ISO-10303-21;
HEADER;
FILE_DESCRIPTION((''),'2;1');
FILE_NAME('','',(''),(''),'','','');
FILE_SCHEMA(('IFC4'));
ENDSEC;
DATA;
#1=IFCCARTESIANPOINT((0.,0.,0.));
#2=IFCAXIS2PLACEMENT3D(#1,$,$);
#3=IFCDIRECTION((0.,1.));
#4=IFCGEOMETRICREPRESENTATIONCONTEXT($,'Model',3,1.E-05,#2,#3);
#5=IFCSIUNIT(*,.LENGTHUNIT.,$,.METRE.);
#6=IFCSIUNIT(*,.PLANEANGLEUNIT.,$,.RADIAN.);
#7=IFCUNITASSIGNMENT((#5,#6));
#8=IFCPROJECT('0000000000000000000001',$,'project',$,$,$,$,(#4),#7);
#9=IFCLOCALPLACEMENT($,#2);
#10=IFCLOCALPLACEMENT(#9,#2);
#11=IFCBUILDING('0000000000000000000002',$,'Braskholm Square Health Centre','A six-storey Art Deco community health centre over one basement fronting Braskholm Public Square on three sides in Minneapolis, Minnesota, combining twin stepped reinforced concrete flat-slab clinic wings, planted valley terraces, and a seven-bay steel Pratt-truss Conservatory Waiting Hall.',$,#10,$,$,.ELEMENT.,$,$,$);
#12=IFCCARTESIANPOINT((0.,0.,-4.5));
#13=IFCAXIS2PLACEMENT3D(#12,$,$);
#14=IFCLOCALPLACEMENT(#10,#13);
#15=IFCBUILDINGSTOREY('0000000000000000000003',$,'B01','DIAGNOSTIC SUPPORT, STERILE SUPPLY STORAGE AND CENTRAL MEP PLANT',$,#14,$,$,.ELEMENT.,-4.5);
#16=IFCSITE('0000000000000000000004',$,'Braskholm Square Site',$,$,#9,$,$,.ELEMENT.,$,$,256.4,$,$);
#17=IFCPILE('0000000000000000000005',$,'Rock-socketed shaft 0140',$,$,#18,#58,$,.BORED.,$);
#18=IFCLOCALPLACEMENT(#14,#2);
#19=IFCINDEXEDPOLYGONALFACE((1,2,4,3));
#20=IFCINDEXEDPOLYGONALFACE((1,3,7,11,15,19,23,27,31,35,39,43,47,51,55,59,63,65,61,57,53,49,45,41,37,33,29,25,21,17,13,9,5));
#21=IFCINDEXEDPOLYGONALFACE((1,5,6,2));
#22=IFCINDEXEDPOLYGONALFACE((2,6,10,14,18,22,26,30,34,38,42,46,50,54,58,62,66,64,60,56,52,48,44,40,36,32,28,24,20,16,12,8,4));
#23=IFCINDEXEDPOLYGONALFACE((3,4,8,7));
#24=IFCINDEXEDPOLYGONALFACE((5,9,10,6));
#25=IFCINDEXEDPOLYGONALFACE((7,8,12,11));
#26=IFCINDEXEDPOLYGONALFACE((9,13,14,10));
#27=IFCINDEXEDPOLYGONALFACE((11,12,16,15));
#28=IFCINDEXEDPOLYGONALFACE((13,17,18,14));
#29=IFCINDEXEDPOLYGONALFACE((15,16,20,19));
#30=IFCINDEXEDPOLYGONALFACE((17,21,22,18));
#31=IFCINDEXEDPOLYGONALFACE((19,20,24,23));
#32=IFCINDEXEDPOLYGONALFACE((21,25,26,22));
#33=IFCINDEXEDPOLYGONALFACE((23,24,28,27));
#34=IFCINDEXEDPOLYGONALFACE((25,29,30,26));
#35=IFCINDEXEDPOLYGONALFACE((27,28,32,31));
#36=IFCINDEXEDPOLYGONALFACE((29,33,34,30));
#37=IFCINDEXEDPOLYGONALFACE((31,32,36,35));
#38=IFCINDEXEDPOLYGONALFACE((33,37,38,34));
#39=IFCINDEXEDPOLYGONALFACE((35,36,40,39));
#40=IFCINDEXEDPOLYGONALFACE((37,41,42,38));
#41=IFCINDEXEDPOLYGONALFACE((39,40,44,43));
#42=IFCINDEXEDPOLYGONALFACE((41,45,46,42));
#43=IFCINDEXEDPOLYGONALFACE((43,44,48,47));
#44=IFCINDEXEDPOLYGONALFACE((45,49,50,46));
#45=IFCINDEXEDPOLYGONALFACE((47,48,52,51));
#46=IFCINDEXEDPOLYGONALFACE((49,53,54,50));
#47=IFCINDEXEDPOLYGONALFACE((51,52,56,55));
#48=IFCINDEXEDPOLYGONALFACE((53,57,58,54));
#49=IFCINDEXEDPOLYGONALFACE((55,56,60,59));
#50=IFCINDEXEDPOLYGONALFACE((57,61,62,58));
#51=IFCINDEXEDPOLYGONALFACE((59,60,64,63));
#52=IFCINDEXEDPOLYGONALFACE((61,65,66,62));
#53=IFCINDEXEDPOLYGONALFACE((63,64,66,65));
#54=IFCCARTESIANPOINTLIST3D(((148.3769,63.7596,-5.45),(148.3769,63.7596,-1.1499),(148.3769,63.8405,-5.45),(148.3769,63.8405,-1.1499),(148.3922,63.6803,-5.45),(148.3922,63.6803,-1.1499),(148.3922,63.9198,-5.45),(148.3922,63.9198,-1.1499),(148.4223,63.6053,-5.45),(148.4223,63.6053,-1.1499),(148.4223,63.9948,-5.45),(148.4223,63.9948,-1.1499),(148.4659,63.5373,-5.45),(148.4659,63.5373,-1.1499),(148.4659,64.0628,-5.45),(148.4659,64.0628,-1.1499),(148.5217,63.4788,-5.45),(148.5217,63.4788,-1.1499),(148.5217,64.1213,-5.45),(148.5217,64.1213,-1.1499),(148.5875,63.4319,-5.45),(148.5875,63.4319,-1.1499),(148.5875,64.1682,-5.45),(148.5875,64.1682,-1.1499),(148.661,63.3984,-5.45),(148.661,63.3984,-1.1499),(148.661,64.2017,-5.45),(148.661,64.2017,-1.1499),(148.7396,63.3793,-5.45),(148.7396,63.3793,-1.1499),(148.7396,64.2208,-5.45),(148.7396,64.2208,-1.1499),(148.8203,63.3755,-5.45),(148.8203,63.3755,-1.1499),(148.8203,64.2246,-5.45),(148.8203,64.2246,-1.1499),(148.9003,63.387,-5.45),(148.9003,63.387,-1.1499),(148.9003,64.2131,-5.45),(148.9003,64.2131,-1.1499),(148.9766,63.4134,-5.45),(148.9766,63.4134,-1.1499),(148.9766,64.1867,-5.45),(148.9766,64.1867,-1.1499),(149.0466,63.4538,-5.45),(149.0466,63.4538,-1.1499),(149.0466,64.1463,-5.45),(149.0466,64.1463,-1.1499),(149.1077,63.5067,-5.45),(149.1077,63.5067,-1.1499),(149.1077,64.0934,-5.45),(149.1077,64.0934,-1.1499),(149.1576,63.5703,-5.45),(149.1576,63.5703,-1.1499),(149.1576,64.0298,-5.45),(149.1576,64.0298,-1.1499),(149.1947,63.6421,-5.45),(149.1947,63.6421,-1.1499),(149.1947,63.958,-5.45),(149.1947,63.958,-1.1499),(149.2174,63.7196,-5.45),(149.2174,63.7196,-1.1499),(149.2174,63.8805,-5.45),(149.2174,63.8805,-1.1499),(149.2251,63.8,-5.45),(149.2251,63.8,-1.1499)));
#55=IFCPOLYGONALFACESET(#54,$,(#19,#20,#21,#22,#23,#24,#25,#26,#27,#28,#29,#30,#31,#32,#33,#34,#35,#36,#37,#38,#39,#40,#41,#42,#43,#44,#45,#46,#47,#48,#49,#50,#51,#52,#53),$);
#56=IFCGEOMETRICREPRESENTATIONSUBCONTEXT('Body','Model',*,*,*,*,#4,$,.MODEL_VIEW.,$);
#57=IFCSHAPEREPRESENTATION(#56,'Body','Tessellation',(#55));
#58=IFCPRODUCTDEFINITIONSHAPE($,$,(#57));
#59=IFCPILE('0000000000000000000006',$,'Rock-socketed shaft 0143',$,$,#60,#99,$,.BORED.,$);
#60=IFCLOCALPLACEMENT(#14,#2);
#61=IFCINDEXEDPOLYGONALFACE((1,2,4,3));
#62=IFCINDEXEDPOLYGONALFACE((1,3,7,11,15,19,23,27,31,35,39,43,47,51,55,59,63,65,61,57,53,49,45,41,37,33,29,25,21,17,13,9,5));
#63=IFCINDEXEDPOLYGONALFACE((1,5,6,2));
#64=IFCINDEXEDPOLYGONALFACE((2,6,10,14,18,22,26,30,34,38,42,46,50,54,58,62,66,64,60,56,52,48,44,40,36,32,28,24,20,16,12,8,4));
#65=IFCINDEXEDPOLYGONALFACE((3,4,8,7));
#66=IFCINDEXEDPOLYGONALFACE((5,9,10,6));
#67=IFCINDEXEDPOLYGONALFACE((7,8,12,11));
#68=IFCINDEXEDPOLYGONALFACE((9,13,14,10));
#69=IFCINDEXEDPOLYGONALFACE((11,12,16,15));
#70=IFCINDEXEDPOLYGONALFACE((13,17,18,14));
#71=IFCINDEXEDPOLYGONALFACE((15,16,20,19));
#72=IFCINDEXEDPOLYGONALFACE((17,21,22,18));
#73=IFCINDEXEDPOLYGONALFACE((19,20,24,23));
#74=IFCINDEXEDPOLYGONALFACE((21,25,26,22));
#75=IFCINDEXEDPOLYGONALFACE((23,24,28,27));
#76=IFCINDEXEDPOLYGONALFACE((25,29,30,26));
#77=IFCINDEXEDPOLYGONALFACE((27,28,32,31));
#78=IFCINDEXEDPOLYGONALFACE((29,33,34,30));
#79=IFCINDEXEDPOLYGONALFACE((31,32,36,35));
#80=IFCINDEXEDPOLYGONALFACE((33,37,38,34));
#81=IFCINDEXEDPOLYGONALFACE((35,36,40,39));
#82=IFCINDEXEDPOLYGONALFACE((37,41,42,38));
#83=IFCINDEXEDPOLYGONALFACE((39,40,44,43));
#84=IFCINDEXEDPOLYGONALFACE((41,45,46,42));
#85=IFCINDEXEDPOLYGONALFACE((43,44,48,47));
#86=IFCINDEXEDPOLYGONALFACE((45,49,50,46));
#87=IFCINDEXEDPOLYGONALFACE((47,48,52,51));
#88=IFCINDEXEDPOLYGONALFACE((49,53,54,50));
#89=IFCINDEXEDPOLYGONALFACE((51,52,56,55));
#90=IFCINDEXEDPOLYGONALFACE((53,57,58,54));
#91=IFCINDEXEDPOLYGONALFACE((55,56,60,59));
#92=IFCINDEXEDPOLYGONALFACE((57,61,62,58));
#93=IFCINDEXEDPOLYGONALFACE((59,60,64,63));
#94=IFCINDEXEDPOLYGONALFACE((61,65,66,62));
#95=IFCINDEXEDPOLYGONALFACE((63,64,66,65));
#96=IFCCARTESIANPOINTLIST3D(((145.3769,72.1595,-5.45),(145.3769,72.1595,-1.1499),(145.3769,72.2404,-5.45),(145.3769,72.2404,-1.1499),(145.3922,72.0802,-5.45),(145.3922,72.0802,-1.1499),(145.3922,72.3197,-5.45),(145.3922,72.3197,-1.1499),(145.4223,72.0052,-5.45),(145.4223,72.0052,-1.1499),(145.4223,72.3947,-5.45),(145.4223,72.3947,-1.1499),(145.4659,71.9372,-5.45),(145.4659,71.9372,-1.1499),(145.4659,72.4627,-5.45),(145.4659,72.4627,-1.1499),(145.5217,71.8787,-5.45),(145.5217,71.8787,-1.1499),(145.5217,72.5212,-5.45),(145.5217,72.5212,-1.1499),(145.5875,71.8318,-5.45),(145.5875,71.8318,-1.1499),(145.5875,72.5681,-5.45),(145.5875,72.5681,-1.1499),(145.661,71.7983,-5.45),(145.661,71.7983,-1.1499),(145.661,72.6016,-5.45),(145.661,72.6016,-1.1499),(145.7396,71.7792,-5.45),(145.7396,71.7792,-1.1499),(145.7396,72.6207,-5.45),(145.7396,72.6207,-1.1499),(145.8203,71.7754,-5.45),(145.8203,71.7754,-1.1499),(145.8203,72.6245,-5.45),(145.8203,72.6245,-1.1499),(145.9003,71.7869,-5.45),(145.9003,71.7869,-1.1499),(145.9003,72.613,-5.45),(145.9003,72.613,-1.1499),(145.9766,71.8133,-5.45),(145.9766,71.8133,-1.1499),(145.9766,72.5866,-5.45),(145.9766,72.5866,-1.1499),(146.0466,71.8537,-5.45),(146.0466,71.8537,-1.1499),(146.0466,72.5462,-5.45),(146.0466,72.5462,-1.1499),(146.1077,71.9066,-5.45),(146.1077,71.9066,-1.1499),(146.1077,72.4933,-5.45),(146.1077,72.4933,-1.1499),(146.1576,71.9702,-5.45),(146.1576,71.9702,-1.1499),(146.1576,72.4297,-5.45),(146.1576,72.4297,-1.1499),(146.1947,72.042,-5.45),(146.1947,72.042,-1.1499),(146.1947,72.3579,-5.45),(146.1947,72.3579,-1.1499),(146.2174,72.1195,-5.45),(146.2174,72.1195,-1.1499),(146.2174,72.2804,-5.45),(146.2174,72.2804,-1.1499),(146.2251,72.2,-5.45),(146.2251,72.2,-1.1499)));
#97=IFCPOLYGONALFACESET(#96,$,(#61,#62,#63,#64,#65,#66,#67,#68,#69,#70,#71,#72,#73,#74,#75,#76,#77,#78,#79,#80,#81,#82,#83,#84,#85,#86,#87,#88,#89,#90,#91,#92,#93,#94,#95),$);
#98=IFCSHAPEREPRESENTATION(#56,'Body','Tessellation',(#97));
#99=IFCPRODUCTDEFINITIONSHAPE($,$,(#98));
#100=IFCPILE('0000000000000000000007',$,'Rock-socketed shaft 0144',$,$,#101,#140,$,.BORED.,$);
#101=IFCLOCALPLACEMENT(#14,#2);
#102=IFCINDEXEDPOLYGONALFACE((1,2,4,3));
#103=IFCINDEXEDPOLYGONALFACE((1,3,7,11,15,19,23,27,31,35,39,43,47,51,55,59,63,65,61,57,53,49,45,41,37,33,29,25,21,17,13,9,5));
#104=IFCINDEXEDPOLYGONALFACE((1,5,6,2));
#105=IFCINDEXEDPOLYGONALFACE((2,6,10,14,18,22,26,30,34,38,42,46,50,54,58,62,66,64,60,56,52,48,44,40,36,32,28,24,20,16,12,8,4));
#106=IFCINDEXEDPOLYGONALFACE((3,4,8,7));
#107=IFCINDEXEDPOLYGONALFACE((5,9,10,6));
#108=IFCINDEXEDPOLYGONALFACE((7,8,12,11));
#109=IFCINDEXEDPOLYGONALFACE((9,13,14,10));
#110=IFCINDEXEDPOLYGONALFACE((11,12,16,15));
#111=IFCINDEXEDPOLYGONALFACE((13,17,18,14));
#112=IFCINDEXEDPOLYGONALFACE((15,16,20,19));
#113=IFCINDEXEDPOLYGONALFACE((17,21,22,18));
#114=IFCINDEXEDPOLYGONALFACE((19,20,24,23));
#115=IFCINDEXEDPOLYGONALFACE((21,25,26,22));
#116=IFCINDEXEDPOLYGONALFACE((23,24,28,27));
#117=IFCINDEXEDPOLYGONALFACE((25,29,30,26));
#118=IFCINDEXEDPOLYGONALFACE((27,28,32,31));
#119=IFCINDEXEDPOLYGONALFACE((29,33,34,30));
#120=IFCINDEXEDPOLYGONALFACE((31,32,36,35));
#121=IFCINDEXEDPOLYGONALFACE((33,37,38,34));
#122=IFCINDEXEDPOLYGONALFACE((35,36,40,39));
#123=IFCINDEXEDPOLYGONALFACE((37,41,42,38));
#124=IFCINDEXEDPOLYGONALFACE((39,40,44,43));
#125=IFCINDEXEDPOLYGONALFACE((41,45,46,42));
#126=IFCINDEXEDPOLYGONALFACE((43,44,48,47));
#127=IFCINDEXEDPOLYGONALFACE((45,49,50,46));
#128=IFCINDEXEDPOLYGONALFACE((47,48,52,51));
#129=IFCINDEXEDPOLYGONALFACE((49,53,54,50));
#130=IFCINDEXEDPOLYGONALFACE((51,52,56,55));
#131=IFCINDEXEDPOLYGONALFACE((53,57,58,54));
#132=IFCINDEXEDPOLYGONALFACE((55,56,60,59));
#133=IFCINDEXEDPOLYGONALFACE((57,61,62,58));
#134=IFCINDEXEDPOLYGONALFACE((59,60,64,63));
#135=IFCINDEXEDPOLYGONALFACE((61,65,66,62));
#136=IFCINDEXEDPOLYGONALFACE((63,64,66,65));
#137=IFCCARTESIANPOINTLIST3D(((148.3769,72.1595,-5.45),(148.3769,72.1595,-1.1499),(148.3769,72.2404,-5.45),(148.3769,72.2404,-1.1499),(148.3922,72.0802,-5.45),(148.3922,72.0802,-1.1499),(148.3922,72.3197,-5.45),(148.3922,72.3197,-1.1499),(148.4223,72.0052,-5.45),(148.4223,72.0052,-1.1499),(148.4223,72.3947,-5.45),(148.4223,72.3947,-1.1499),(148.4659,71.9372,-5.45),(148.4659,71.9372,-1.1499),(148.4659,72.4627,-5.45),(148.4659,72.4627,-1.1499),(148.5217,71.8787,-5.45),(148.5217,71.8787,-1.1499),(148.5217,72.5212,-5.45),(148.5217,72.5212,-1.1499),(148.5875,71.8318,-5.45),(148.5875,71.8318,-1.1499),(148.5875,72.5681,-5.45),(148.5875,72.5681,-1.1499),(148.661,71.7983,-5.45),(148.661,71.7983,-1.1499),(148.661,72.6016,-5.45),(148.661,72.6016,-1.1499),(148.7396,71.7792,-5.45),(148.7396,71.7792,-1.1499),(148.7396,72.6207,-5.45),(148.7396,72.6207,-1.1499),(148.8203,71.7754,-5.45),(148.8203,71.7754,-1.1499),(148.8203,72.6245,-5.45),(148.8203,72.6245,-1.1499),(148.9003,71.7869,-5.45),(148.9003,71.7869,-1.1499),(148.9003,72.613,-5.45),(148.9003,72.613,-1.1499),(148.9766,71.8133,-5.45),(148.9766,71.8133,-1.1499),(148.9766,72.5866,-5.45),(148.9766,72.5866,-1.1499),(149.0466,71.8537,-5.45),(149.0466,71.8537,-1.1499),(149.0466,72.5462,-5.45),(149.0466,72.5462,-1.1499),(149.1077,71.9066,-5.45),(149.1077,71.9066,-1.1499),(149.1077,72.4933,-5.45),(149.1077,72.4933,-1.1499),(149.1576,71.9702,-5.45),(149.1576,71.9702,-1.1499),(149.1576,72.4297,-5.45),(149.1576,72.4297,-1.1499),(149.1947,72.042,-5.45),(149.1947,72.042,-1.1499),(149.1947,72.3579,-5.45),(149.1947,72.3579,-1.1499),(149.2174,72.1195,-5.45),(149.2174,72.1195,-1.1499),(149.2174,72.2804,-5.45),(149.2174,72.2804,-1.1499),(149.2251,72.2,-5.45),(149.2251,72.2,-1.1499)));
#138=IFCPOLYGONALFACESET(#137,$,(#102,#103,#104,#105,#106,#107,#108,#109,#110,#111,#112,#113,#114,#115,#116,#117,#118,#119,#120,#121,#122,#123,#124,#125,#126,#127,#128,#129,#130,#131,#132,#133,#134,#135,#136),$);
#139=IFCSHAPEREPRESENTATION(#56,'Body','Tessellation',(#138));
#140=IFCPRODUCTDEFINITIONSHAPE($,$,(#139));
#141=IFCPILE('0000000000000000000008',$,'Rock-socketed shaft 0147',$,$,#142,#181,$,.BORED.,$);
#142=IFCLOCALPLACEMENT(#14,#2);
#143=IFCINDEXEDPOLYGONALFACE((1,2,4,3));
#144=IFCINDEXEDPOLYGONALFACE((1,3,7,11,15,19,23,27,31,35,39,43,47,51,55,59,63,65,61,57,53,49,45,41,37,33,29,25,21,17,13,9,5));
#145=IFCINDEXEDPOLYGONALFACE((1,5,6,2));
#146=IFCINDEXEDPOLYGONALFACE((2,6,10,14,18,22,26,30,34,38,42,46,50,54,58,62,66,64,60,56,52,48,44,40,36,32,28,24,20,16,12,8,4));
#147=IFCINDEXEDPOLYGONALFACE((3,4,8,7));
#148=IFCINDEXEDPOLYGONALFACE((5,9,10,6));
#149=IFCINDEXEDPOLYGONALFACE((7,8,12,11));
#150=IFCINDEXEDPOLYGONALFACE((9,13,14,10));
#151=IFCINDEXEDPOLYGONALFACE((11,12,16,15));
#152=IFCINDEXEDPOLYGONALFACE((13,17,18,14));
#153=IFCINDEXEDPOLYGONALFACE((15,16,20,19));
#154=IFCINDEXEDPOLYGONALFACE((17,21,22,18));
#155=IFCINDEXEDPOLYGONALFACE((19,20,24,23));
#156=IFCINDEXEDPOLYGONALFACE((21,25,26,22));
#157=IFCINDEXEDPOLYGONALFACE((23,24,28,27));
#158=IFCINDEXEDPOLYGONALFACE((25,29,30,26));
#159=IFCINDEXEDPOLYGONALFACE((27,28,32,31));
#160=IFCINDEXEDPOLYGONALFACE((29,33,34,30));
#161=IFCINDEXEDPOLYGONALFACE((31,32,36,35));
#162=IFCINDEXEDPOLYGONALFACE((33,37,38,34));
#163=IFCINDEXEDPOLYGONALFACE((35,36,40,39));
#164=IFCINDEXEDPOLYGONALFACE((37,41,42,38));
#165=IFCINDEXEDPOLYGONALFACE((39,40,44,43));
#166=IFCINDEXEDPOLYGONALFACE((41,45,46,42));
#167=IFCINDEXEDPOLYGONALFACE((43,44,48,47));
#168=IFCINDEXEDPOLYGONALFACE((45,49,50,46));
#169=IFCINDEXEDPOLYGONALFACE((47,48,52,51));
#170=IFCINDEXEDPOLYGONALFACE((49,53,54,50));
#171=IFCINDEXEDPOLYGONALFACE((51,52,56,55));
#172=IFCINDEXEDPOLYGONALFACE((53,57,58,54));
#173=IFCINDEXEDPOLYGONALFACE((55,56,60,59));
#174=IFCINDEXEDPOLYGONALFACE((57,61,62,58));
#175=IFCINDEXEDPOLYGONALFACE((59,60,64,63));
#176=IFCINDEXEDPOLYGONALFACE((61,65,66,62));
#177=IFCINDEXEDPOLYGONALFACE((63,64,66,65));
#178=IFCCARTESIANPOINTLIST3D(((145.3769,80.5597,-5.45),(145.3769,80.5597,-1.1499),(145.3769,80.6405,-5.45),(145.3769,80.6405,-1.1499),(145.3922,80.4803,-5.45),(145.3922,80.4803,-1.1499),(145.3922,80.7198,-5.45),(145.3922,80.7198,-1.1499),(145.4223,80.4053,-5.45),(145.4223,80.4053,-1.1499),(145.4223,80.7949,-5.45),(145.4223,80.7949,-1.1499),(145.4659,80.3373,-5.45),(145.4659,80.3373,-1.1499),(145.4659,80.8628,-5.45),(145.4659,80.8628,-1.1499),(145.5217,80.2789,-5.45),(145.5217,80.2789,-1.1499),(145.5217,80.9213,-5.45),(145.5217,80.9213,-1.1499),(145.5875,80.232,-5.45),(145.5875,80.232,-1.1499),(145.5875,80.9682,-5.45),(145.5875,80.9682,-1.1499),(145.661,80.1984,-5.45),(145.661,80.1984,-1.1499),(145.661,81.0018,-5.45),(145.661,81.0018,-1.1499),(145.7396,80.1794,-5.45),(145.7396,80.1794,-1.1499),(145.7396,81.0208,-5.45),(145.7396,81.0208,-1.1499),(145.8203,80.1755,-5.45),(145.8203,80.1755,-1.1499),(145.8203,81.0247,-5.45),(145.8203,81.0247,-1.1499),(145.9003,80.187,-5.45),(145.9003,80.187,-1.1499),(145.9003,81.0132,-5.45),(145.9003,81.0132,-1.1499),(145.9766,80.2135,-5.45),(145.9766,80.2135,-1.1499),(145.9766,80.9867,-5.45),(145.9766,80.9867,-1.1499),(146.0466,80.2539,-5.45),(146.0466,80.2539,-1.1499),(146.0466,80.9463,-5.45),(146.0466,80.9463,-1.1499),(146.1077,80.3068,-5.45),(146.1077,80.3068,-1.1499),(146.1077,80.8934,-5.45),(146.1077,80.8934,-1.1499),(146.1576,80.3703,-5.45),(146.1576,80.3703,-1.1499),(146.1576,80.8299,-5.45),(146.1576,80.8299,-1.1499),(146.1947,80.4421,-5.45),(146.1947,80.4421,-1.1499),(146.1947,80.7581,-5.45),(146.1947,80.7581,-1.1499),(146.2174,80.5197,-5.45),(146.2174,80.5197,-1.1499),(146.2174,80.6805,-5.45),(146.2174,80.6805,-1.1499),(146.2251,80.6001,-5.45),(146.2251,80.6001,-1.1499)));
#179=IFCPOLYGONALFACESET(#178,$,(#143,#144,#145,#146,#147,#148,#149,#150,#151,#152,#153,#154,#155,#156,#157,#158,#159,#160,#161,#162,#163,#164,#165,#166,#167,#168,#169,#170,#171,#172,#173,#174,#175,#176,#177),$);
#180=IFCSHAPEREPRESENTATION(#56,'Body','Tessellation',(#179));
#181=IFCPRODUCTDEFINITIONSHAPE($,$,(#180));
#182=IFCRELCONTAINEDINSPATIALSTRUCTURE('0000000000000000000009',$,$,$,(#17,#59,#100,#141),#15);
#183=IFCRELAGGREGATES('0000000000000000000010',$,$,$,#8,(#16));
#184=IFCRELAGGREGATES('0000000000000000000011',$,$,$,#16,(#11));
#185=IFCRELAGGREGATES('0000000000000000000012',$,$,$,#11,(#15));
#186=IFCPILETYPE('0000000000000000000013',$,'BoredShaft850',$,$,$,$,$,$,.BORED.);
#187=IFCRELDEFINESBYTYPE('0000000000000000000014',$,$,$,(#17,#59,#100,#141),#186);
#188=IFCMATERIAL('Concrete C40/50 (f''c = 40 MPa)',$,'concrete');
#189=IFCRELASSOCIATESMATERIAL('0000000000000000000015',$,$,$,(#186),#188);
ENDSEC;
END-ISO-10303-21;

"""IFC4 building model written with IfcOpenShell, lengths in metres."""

from ifc_helpers import new_model, si_unit, direction, frame, origin, origin_2d, place, context, subcontext, project, spatial, circle, extrude, material, material_profile, profile_set, type_object, element, save


model = new_model("IFC4")

# Units and contexts
model_context = context("Model", 3, precision=1e-05, world=origin(), true_north=direction((0.0, 1.0)))
body_context = subcontext(model_context, "Body", "Model", "MODEL_VIEW")
ifc_project = project(units=[si_unit("LENGTHUNIT", "METRE"), si_unit("PLANEANGLEUNIT", "RADIAN")], contexts=[model_context])

# Site, building, storey
site_placement = place(None, origin())
site = spatial("IfcSite", under=ifc_project, at=site_placement, Name="Braskholm Square Site", CompositionType="ELEMENT", RefElevation=256.4)
building_placement = place(site_placement, origin())
building = spatial("IfcBuilding", under=site, at=building_placement, Name="Braskholm Square Health Centre", Description="A six-storey Art Deco community health centre over one basement fronting Braskholm Public Square on three sides in Minneapolis, Minnesota, combining twin stepped reinforced concrete flat-slab clinic wings, planted valley terraces, and a seven-bay steel Pratt-truss Conservatory Waiting Hall.", CompositionType="ELEMENT")
storey_placement = place(building_placement, frame((0.0, 0.0, -4.5)))
storey = spatial("IfcBuildingStorey", under=building, at=storey_placement, Name="B01", Description="DIAGNOSTIC SUPPORT, STERILE SUPPLY STORAGE AND CENTRAL MEP PLANT", CompositionType="ELEMENT", Elevation=-4.5)

# Piles
ifc_material_1 = material(Name="Concrete C40/50 (f'c = 40 MPa)", Category="concrete")
ifc_material_profile_1 = material_profile(ifc_material_1, circle(Radius=0.425, at=origin_2d()), Name="BORED-PILE-850")
ifc_profile_set_1 = profile_set([ifc_material_profile_1], Name="Concrete C40/50 (f'c = 40 MPa)")
pile_type = type_object("IfcPileType", Name="BoredShaft850", PredefinedType="BORED", material=ifc_profile_set_1)
for number, where, z_axis, x_axis, name in (
    (1, (148.8, 63.8, -1.1499), (0.0, 0.0, -1.0), (1.0, 0.0, 0.0), "Rock-socketed shaft 0140"),
    (2, (145.8, 72.2, -1.1499), (0.0, 0.0, -1.0), (1.0, 0.0, 0.0), "Rock-socketed shaft 0143"),
    (3, (148.8, 72.2, -1.1499), (0.0, 0.0, -1.0), (1.0, 0.0, 0.0), "Rock-socketed shaft 0144"),
    (4, (145.8, 80.6001, -1.1499), (0.0, 0.0, -1.0), (1.0, 0.0, 0.0), "Rock-socketed shaft 0147"),
):
    element("IfcPile", number, at=place(storey_placement, frame(where, z_axis=z_axis, x_axis=x_axis)), inside=storey, type_object=pile_type, Name=name, PredefinedType="BORED", context=body_context, shape_type="SweptSolid", body=[
        extrude(circle(Radius=0.425, at=origin_2d()), origin(), (0.0, 0.0, 1.0), 4.3),
    ])

save(model, "model.ifc")
